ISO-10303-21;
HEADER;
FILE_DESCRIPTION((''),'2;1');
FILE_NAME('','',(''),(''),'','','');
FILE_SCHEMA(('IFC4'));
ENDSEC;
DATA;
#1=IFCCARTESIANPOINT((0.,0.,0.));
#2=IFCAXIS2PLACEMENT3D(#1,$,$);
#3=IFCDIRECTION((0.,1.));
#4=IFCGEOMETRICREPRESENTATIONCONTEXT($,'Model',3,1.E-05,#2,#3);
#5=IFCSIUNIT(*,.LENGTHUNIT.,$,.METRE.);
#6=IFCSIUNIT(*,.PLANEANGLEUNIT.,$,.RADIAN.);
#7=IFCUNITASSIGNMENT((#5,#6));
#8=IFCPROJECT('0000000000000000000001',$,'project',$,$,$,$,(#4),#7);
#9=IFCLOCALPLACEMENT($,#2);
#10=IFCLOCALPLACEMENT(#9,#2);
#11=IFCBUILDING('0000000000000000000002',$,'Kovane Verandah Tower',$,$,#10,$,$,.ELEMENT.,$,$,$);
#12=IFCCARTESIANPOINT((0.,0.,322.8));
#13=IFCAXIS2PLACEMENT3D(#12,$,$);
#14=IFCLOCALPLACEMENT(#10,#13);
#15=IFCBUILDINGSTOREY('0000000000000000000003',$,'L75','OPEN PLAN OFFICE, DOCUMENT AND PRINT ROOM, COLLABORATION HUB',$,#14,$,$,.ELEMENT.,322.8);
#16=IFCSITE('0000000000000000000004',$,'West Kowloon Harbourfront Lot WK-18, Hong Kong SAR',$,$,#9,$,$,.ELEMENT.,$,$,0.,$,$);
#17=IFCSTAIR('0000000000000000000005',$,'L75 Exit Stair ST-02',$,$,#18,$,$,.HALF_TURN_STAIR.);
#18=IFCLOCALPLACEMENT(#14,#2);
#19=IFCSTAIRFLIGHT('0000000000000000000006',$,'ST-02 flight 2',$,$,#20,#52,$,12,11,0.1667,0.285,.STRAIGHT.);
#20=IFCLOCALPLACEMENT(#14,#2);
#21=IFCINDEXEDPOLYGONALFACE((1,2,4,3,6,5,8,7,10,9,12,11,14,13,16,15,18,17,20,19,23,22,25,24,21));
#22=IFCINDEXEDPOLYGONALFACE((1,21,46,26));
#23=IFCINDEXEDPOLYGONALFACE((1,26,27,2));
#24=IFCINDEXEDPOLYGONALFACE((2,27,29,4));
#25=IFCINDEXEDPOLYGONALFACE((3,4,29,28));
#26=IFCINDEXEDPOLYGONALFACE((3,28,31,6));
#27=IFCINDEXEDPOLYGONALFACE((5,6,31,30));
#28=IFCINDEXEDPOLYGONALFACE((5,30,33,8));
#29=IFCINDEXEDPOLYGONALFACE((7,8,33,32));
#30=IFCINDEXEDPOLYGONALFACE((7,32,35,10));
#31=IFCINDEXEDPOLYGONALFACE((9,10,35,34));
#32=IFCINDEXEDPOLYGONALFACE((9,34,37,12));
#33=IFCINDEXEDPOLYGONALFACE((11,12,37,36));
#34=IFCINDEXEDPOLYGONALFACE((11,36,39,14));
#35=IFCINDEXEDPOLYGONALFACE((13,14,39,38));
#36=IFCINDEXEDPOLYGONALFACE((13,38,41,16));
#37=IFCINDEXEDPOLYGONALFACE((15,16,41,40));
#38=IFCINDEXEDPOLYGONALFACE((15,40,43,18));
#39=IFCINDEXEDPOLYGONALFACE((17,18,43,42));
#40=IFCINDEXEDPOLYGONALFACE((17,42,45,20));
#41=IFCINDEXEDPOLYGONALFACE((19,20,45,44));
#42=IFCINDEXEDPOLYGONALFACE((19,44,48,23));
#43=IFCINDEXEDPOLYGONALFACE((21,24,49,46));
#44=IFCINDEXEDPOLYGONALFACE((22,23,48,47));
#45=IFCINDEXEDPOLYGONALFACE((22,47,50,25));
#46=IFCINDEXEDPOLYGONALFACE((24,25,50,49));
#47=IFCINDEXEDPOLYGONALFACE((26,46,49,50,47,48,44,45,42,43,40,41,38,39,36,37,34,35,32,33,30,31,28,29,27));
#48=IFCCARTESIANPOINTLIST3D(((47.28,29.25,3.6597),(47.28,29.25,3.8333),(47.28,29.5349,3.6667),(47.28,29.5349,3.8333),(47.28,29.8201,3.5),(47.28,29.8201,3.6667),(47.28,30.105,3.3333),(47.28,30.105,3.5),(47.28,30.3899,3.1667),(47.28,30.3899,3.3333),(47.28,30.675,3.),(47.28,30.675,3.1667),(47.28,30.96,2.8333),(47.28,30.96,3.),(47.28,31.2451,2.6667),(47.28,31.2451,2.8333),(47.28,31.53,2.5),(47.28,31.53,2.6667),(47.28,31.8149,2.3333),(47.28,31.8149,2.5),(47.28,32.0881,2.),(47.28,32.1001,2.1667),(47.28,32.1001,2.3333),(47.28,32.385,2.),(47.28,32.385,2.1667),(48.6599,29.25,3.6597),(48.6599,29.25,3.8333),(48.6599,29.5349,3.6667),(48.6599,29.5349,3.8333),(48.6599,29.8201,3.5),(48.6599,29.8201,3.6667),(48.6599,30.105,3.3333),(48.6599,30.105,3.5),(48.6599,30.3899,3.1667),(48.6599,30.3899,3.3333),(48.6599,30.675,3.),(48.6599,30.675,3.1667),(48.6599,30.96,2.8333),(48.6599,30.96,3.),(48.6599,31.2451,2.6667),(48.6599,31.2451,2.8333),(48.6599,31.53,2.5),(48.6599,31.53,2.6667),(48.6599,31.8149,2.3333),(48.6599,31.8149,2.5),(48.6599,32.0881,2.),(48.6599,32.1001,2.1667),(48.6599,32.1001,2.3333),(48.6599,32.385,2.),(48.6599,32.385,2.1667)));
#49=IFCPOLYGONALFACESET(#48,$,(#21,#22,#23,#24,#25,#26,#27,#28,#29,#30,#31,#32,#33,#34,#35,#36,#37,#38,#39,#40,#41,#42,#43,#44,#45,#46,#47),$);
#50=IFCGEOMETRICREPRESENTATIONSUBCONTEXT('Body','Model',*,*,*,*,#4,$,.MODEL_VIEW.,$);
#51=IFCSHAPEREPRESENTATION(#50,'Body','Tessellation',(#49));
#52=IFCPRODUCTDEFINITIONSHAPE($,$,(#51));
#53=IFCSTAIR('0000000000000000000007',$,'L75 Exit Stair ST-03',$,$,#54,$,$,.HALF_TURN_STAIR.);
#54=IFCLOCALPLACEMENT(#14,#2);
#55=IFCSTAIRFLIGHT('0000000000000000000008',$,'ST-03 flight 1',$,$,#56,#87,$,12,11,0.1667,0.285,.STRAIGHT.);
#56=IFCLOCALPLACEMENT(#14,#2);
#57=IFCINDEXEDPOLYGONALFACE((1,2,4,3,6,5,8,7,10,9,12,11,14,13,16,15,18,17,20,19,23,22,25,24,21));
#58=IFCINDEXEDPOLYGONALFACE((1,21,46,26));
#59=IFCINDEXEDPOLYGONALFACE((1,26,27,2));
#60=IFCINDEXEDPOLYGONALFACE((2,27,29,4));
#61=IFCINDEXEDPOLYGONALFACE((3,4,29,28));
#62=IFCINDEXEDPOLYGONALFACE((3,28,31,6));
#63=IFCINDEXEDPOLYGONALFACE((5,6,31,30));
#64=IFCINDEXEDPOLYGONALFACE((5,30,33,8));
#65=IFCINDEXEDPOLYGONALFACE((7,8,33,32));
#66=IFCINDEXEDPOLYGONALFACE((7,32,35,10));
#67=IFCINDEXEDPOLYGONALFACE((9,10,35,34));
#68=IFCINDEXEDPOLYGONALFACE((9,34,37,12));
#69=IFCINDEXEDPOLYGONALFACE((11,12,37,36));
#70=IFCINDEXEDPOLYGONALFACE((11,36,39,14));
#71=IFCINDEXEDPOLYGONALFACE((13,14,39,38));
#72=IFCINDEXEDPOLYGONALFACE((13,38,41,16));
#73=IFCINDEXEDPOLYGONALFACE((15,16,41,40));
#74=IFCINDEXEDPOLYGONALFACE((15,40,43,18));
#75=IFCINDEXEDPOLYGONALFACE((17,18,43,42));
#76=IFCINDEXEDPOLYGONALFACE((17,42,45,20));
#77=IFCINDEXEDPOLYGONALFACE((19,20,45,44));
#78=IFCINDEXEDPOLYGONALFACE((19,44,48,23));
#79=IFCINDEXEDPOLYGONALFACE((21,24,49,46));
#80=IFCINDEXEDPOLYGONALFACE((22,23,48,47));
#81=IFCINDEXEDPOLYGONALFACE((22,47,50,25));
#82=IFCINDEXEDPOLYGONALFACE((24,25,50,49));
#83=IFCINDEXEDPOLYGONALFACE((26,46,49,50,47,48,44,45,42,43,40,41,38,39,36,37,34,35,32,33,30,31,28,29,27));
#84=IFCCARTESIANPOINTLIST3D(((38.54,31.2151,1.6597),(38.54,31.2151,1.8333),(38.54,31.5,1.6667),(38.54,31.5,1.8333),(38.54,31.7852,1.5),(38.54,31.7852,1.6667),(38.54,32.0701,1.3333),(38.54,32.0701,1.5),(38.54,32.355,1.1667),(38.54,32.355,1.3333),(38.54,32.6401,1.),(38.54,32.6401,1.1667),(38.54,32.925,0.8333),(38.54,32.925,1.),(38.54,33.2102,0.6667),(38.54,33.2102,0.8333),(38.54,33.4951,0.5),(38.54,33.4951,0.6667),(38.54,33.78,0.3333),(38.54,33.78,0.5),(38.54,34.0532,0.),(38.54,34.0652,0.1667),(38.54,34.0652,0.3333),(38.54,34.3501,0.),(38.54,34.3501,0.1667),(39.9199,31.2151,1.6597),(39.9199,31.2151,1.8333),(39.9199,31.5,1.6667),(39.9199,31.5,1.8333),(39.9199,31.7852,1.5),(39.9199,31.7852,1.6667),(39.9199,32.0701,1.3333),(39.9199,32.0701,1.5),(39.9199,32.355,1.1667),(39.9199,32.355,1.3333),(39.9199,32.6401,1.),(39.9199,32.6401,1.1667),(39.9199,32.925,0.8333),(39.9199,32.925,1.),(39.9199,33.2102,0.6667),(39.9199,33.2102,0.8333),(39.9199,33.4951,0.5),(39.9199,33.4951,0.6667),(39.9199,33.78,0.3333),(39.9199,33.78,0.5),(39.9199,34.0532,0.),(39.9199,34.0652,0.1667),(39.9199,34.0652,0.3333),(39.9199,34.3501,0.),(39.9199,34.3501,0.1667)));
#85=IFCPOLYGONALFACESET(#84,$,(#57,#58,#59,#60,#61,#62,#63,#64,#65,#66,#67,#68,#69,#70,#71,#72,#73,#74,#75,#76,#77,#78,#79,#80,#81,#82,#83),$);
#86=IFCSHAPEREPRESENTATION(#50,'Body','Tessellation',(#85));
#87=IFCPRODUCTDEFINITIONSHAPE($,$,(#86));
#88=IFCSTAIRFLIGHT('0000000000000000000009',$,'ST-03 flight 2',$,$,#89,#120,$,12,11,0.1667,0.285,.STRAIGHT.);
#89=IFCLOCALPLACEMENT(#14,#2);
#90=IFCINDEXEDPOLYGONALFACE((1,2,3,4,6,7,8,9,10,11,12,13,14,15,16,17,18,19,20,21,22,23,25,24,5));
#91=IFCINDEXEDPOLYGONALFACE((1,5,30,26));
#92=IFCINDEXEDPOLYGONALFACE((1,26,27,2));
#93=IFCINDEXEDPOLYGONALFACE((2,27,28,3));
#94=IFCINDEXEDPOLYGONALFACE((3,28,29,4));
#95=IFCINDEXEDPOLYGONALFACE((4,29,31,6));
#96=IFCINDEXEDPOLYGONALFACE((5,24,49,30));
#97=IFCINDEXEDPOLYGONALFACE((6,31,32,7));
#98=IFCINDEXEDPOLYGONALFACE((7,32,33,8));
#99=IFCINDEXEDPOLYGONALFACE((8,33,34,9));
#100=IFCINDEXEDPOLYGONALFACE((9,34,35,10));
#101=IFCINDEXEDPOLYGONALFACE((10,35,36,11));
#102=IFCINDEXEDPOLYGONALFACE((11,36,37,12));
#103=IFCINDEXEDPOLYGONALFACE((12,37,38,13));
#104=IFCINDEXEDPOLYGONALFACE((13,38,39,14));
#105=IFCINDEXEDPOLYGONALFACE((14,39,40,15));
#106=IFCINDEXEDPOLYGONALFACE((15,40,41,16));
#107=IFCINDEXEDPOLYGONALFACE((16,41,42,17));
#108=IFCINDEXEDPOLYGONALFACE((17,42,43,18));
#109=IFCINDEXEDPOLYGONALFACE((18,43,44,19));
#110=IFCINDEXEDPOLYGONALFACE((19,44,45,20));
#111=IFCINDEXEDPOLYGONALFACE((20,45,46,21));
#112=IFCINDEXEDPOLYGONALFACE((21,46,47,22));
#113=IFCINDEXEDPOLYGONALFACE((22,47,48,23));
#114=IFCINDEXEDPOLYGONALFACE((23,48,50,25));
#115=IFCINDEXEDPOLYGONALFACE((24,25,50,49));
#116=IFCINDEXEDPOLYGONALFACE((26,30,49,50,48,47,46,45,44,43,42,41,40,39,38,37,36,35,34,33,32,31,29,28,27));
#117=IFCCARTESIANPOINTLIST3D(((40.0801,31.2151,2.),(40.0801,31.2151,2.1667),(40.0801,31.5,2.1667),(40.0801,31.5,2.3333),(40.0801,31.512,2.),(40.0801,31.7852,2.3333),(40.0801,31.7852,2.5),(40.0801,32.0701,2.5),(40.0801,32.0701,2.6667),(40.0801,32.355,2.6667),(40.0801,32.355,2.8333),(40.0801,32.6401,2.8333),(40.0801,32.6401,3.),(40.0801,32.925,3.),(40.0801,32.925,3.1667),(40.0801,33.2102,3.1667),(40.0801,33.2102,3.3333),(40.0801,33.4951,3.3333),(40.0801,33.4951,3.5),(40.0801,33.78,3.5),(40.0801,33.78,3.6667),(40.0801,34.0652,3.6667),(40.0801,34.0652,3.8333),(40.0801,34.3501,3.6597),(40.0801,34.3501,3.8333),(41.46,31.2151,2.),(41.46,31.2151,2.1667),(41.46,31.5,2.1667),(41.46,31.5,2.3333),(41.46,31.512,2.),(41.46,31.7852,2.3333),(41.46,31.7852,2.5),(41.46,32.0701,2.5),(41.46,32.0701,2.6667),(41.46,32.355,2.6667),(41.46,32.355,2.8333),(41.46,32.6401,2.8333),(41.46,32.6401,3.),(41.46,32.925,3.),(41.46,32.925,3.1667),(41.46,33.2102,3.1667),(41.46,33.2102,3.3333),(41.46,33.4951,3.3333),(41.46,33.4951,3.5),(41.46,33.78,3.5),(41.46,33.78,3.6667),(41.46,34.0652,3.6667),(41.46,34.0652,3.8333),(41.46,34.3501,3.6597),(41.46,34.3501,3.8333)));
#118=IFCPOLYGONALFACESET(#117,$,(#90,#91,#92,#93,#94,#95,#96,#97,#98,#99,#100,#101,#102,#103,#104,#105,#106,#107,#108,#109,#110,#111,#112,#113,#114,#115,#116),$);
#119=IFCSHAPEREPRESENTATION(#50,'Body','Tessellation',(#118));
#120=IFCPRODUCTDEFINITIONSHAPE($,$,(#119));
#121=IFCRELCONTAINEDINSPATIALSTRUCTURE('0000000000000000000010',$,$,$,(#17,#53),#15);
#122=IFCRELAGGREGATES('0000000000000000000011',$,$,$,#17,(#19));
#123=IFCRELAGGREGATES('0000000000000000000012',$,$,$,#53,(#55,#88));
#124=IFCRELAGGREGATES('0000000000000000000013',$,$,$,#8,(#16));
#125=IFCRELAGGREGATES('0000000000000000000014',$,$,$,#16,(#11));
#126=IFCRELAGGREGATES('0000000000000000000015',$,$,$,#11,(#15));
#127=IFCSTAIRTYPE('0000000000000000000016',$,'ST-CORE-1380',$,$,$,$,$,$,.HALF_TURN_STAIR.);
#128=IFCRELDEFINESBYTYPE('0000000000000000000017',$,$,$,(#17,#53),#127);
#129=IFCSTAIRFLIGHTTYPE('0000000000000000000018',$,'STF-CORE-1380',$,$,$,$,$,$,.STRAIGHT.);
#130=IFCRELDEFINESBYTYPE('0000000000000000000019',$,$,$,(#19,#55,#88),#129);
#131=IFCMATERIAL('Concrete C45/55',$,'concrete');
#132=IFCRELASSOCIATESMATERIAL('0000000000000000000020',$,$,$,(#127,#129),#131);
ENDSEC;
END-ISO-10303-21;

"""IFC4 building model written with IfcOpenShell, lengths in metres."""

from ifc_helpers import new_model, si_unit, direction, frame, origin, place, context, subcontext, project, spatial, polyline, outline, extrude, material, type_object, element, aggregate, save


model = new_model("IFC4")

# Units and contexts
model_context = context("Model", 3, precision=1e-05, world=origin(), true_north=direction((0.0, 1.0)))
body_context = subcontext(model_context, "Body", "Model", "MODEL_VIEW")
ifc_project = project(units=[si_unit("LENGTHUNIT", "METRE"), si_unit("PLANEANGLEUNIT", "RADIAN")], contexts=[model_context])

# Site, building, storey
site_placement = place(None, origin())
site = spatial("IfcSite", under=ifc_project, at=site_placement, Name="West Kowloon Harbourfront Lot WK-18, Hong Kong SAR", CompositionType="ELEMENT", RefElevation=0.0)
building_placement = place(site_placement, origin())
building = spatial("IfcBuilding", under=site, at=building_placement, Name="Kovane Verandah Tower", CompositionType="ELEMENT")
storey_placement = place(building_placement, frame((0.0, 0.0, 322.8)))
storey = spatial("IfcBuildingStorey", under=building, at=storey_placement, Name="L75", Description="OPEN PLAN OFFICE, DOCUMENT AND PRINT ROOM, COLLABORATION HUB", CompositionType="ELEMENT", Elevation=322.8)

# Shared definitions
ifc_material_1 = material(Name="Concrete C45/55", Category="concrete")

# Stair, stair flight
stair_type = type_object("IfcStairType", Name="ST-CORE-1380", PredefinedType="HALF_TURN_STAIR", material=ifc_material_1)
stair_1_placement = place(storey_placement, origin())
stair_1 = element("IfcStair", 1, at=stair_1_placement, inside=storey, type_object=stair_type, Name="L75 Exit Stair ST-02", PredefinedType="HALF_TURN_STAIR")
stair_flight_type = type_object("IfcStairFlightType", Name="STF-CORE-1380", PredefinedType="STRAIGHT", material=ifc_material_1)
stair_flight_1_placement = place(storey_placement, frame((47.97, 32.385, 2.0), z_axis=(0.0, 0.0, 1.0), x_axis=(0.0, -1.0, 0.0)))
stair_flight_1 = element("IfcStairFlight", 2, at=stair_flight_1_placement, type_object=stair_flight_type, Name="ST-02 flight 2", NumberOfRisers=12, NumberOfTreads=11, PredefinedType="STRAIGHT", RiserHeight=0.1667, TreadLength=0.285, context=body_context, shape_type="SweptSolid", body=[
    extrude(outline(polyline([(0.0, 0.0), (0.0, 0.1667), (0.2849, 0.1667), (0.2849, 0.3333), (0.5701, 0.3333), (0.5701, 0.5), (0.855, 0.5), (0.855, 0.6667), (1.1399, 0.6667), (1.1399, 0.8333), (1.425, 0.8333), (1.425, 1.0), (1.71, 1.0), (1.71, 1.1667), (1.9951, 1.1667), (1.9951, 1.3333), (2.28, 1.3333), (2.28, 1.5), (2.5649, 1.5), (2.5649, 1.6667), (2.8501, 1.6667), (2.8501, 1.8333), (3.135, 1.8333), (3.135, 2.0), (3.135, 1.6597), (0.2969, 0.0), (0.0, 0.0)])), frame((0.0, 0.6899, 0.0), z_axis=(0.0, -1.0, 0.0), x_axis=(1.0, 0.0, 0.0)), (0.0, 0.0, 1.0), 1.3799),
])
aggregate(stair_1, [stair_flight_1])

# Stair, stair flights
stair_2_placement = place(storey_placement, origin())
stair_2 = element("IfcStair", 3, at=stair_2_placement, inside=storey, type_object=stair_type, Name="L75 Exit Stair ST-03", PredefinedType="HALF_TURN_STAIR")
stair_flight_2_placement = place(storey_placement, frame((39.23, 34.3501, 0.0), z_axis=(0.0, 0.0, 1.0), x_axis=(0.0, -1.0, 0.0)))
stair_flight_2 = element("IfcStairFlight", 4, at=stair_flight_2_placement, type_object=stair_flight_type, Name="ST-03 flight 1", NumberOfRisers=12, NumberOfTreads=11, PredefinedType="STRAIGHT", RiserHeight=0.1667, TreadLength=0.285, context=body_context, shape_type="SweptSolid", body=[
    extrude(outline(polyline([(0.0, 0.0), (0.0, 0.1667), (0.2849, 0.1667), (0.2849, 0.3333), (0.5701, 0.3333), (0.5701, 0.5), (0.855, 0.5), (0.855, 0.6667), (1.1399, 0.6667), (1.1399, 0.8333), (1.425, 0.8333), (1.425, 1.0), (1.71, 1.0), (1.71, 1.1667), (1.9951, 1.1667), (1.9951, 1.3333), (2.28, 1.3333), (2.28, 1.5), (2.5649, 1.5), (2.5649, 1.6667), (2.8501, 1.6667), (2.8501, 1.8333), (3.135, 1.8333), (3.135, 2.0), (3.135, 1.6597), (0.2969, 0.0), (0.0, 0.0)])), frame((0.0, 0.6899, 0.0), z_axis=(0.0, -1.0, 0.0), x_axis=(1.0, 0.0, 0.0)), (0.0, 0.0, 1.0), 1.3799),
])
stair_flight_3_placement = place(storey_placement, frame((40.77, 31.2151, 2.0), z_axis=(0.0, 0.0, 1.0), x_axis=(0.0, 1.0, 0.0)))
stair_flight_3 = element("IfcStairFlight", 5, at=stair_flight_3_placement, type_object=stair_flight_type, Name="ST-03 flight 2", NumberOfRisers=12, NumberOfTreads=11, PredefinedType="STRAIGHT", RiserHeight=0.1667, TreadLength=0.285, context=body_context, shape_type="SweptSolid", body=[
    extrude(outline(polyline([(0.0, 0.0), (0.0, 0.1667), (0.2849, 0.1667), (0.2849, 0.3333), (0.5701, 0.3333), (0.5701, 0.5), (0.855, 0.5), (0.855, 0.6667), (1.1399, 0.6667), (1.1399, 0.8333), (1.425, 0.8333), (1.425, 1.0), (1.71, 1.0), (1.71, 1.1667), (1.9951, 1.1667), (1.9951, 1.3333), (2.28, 1.3333), (2.28, 1.5), (2.5649, 1.5), (2.5649, 1.6667), (2.8501, 1.6667), (2.8501, 1.8333), (3.135, 1.8333), (3.135, 2.0), (3.135, 1.6597), (0.2969, 0.0), (0.0, 0.0)])), frame((0.0, 0.6899, 0.0), z_axis=(0.0, -1.0, 0.0), x_axis=(1.0, 0.0, 0.0)), (0.0, 0.0, 1.0), 1.3799),
])
aggregate(stair_2, [stair_flight_2, stair_flight_3])

save(model, "model.ifc")
